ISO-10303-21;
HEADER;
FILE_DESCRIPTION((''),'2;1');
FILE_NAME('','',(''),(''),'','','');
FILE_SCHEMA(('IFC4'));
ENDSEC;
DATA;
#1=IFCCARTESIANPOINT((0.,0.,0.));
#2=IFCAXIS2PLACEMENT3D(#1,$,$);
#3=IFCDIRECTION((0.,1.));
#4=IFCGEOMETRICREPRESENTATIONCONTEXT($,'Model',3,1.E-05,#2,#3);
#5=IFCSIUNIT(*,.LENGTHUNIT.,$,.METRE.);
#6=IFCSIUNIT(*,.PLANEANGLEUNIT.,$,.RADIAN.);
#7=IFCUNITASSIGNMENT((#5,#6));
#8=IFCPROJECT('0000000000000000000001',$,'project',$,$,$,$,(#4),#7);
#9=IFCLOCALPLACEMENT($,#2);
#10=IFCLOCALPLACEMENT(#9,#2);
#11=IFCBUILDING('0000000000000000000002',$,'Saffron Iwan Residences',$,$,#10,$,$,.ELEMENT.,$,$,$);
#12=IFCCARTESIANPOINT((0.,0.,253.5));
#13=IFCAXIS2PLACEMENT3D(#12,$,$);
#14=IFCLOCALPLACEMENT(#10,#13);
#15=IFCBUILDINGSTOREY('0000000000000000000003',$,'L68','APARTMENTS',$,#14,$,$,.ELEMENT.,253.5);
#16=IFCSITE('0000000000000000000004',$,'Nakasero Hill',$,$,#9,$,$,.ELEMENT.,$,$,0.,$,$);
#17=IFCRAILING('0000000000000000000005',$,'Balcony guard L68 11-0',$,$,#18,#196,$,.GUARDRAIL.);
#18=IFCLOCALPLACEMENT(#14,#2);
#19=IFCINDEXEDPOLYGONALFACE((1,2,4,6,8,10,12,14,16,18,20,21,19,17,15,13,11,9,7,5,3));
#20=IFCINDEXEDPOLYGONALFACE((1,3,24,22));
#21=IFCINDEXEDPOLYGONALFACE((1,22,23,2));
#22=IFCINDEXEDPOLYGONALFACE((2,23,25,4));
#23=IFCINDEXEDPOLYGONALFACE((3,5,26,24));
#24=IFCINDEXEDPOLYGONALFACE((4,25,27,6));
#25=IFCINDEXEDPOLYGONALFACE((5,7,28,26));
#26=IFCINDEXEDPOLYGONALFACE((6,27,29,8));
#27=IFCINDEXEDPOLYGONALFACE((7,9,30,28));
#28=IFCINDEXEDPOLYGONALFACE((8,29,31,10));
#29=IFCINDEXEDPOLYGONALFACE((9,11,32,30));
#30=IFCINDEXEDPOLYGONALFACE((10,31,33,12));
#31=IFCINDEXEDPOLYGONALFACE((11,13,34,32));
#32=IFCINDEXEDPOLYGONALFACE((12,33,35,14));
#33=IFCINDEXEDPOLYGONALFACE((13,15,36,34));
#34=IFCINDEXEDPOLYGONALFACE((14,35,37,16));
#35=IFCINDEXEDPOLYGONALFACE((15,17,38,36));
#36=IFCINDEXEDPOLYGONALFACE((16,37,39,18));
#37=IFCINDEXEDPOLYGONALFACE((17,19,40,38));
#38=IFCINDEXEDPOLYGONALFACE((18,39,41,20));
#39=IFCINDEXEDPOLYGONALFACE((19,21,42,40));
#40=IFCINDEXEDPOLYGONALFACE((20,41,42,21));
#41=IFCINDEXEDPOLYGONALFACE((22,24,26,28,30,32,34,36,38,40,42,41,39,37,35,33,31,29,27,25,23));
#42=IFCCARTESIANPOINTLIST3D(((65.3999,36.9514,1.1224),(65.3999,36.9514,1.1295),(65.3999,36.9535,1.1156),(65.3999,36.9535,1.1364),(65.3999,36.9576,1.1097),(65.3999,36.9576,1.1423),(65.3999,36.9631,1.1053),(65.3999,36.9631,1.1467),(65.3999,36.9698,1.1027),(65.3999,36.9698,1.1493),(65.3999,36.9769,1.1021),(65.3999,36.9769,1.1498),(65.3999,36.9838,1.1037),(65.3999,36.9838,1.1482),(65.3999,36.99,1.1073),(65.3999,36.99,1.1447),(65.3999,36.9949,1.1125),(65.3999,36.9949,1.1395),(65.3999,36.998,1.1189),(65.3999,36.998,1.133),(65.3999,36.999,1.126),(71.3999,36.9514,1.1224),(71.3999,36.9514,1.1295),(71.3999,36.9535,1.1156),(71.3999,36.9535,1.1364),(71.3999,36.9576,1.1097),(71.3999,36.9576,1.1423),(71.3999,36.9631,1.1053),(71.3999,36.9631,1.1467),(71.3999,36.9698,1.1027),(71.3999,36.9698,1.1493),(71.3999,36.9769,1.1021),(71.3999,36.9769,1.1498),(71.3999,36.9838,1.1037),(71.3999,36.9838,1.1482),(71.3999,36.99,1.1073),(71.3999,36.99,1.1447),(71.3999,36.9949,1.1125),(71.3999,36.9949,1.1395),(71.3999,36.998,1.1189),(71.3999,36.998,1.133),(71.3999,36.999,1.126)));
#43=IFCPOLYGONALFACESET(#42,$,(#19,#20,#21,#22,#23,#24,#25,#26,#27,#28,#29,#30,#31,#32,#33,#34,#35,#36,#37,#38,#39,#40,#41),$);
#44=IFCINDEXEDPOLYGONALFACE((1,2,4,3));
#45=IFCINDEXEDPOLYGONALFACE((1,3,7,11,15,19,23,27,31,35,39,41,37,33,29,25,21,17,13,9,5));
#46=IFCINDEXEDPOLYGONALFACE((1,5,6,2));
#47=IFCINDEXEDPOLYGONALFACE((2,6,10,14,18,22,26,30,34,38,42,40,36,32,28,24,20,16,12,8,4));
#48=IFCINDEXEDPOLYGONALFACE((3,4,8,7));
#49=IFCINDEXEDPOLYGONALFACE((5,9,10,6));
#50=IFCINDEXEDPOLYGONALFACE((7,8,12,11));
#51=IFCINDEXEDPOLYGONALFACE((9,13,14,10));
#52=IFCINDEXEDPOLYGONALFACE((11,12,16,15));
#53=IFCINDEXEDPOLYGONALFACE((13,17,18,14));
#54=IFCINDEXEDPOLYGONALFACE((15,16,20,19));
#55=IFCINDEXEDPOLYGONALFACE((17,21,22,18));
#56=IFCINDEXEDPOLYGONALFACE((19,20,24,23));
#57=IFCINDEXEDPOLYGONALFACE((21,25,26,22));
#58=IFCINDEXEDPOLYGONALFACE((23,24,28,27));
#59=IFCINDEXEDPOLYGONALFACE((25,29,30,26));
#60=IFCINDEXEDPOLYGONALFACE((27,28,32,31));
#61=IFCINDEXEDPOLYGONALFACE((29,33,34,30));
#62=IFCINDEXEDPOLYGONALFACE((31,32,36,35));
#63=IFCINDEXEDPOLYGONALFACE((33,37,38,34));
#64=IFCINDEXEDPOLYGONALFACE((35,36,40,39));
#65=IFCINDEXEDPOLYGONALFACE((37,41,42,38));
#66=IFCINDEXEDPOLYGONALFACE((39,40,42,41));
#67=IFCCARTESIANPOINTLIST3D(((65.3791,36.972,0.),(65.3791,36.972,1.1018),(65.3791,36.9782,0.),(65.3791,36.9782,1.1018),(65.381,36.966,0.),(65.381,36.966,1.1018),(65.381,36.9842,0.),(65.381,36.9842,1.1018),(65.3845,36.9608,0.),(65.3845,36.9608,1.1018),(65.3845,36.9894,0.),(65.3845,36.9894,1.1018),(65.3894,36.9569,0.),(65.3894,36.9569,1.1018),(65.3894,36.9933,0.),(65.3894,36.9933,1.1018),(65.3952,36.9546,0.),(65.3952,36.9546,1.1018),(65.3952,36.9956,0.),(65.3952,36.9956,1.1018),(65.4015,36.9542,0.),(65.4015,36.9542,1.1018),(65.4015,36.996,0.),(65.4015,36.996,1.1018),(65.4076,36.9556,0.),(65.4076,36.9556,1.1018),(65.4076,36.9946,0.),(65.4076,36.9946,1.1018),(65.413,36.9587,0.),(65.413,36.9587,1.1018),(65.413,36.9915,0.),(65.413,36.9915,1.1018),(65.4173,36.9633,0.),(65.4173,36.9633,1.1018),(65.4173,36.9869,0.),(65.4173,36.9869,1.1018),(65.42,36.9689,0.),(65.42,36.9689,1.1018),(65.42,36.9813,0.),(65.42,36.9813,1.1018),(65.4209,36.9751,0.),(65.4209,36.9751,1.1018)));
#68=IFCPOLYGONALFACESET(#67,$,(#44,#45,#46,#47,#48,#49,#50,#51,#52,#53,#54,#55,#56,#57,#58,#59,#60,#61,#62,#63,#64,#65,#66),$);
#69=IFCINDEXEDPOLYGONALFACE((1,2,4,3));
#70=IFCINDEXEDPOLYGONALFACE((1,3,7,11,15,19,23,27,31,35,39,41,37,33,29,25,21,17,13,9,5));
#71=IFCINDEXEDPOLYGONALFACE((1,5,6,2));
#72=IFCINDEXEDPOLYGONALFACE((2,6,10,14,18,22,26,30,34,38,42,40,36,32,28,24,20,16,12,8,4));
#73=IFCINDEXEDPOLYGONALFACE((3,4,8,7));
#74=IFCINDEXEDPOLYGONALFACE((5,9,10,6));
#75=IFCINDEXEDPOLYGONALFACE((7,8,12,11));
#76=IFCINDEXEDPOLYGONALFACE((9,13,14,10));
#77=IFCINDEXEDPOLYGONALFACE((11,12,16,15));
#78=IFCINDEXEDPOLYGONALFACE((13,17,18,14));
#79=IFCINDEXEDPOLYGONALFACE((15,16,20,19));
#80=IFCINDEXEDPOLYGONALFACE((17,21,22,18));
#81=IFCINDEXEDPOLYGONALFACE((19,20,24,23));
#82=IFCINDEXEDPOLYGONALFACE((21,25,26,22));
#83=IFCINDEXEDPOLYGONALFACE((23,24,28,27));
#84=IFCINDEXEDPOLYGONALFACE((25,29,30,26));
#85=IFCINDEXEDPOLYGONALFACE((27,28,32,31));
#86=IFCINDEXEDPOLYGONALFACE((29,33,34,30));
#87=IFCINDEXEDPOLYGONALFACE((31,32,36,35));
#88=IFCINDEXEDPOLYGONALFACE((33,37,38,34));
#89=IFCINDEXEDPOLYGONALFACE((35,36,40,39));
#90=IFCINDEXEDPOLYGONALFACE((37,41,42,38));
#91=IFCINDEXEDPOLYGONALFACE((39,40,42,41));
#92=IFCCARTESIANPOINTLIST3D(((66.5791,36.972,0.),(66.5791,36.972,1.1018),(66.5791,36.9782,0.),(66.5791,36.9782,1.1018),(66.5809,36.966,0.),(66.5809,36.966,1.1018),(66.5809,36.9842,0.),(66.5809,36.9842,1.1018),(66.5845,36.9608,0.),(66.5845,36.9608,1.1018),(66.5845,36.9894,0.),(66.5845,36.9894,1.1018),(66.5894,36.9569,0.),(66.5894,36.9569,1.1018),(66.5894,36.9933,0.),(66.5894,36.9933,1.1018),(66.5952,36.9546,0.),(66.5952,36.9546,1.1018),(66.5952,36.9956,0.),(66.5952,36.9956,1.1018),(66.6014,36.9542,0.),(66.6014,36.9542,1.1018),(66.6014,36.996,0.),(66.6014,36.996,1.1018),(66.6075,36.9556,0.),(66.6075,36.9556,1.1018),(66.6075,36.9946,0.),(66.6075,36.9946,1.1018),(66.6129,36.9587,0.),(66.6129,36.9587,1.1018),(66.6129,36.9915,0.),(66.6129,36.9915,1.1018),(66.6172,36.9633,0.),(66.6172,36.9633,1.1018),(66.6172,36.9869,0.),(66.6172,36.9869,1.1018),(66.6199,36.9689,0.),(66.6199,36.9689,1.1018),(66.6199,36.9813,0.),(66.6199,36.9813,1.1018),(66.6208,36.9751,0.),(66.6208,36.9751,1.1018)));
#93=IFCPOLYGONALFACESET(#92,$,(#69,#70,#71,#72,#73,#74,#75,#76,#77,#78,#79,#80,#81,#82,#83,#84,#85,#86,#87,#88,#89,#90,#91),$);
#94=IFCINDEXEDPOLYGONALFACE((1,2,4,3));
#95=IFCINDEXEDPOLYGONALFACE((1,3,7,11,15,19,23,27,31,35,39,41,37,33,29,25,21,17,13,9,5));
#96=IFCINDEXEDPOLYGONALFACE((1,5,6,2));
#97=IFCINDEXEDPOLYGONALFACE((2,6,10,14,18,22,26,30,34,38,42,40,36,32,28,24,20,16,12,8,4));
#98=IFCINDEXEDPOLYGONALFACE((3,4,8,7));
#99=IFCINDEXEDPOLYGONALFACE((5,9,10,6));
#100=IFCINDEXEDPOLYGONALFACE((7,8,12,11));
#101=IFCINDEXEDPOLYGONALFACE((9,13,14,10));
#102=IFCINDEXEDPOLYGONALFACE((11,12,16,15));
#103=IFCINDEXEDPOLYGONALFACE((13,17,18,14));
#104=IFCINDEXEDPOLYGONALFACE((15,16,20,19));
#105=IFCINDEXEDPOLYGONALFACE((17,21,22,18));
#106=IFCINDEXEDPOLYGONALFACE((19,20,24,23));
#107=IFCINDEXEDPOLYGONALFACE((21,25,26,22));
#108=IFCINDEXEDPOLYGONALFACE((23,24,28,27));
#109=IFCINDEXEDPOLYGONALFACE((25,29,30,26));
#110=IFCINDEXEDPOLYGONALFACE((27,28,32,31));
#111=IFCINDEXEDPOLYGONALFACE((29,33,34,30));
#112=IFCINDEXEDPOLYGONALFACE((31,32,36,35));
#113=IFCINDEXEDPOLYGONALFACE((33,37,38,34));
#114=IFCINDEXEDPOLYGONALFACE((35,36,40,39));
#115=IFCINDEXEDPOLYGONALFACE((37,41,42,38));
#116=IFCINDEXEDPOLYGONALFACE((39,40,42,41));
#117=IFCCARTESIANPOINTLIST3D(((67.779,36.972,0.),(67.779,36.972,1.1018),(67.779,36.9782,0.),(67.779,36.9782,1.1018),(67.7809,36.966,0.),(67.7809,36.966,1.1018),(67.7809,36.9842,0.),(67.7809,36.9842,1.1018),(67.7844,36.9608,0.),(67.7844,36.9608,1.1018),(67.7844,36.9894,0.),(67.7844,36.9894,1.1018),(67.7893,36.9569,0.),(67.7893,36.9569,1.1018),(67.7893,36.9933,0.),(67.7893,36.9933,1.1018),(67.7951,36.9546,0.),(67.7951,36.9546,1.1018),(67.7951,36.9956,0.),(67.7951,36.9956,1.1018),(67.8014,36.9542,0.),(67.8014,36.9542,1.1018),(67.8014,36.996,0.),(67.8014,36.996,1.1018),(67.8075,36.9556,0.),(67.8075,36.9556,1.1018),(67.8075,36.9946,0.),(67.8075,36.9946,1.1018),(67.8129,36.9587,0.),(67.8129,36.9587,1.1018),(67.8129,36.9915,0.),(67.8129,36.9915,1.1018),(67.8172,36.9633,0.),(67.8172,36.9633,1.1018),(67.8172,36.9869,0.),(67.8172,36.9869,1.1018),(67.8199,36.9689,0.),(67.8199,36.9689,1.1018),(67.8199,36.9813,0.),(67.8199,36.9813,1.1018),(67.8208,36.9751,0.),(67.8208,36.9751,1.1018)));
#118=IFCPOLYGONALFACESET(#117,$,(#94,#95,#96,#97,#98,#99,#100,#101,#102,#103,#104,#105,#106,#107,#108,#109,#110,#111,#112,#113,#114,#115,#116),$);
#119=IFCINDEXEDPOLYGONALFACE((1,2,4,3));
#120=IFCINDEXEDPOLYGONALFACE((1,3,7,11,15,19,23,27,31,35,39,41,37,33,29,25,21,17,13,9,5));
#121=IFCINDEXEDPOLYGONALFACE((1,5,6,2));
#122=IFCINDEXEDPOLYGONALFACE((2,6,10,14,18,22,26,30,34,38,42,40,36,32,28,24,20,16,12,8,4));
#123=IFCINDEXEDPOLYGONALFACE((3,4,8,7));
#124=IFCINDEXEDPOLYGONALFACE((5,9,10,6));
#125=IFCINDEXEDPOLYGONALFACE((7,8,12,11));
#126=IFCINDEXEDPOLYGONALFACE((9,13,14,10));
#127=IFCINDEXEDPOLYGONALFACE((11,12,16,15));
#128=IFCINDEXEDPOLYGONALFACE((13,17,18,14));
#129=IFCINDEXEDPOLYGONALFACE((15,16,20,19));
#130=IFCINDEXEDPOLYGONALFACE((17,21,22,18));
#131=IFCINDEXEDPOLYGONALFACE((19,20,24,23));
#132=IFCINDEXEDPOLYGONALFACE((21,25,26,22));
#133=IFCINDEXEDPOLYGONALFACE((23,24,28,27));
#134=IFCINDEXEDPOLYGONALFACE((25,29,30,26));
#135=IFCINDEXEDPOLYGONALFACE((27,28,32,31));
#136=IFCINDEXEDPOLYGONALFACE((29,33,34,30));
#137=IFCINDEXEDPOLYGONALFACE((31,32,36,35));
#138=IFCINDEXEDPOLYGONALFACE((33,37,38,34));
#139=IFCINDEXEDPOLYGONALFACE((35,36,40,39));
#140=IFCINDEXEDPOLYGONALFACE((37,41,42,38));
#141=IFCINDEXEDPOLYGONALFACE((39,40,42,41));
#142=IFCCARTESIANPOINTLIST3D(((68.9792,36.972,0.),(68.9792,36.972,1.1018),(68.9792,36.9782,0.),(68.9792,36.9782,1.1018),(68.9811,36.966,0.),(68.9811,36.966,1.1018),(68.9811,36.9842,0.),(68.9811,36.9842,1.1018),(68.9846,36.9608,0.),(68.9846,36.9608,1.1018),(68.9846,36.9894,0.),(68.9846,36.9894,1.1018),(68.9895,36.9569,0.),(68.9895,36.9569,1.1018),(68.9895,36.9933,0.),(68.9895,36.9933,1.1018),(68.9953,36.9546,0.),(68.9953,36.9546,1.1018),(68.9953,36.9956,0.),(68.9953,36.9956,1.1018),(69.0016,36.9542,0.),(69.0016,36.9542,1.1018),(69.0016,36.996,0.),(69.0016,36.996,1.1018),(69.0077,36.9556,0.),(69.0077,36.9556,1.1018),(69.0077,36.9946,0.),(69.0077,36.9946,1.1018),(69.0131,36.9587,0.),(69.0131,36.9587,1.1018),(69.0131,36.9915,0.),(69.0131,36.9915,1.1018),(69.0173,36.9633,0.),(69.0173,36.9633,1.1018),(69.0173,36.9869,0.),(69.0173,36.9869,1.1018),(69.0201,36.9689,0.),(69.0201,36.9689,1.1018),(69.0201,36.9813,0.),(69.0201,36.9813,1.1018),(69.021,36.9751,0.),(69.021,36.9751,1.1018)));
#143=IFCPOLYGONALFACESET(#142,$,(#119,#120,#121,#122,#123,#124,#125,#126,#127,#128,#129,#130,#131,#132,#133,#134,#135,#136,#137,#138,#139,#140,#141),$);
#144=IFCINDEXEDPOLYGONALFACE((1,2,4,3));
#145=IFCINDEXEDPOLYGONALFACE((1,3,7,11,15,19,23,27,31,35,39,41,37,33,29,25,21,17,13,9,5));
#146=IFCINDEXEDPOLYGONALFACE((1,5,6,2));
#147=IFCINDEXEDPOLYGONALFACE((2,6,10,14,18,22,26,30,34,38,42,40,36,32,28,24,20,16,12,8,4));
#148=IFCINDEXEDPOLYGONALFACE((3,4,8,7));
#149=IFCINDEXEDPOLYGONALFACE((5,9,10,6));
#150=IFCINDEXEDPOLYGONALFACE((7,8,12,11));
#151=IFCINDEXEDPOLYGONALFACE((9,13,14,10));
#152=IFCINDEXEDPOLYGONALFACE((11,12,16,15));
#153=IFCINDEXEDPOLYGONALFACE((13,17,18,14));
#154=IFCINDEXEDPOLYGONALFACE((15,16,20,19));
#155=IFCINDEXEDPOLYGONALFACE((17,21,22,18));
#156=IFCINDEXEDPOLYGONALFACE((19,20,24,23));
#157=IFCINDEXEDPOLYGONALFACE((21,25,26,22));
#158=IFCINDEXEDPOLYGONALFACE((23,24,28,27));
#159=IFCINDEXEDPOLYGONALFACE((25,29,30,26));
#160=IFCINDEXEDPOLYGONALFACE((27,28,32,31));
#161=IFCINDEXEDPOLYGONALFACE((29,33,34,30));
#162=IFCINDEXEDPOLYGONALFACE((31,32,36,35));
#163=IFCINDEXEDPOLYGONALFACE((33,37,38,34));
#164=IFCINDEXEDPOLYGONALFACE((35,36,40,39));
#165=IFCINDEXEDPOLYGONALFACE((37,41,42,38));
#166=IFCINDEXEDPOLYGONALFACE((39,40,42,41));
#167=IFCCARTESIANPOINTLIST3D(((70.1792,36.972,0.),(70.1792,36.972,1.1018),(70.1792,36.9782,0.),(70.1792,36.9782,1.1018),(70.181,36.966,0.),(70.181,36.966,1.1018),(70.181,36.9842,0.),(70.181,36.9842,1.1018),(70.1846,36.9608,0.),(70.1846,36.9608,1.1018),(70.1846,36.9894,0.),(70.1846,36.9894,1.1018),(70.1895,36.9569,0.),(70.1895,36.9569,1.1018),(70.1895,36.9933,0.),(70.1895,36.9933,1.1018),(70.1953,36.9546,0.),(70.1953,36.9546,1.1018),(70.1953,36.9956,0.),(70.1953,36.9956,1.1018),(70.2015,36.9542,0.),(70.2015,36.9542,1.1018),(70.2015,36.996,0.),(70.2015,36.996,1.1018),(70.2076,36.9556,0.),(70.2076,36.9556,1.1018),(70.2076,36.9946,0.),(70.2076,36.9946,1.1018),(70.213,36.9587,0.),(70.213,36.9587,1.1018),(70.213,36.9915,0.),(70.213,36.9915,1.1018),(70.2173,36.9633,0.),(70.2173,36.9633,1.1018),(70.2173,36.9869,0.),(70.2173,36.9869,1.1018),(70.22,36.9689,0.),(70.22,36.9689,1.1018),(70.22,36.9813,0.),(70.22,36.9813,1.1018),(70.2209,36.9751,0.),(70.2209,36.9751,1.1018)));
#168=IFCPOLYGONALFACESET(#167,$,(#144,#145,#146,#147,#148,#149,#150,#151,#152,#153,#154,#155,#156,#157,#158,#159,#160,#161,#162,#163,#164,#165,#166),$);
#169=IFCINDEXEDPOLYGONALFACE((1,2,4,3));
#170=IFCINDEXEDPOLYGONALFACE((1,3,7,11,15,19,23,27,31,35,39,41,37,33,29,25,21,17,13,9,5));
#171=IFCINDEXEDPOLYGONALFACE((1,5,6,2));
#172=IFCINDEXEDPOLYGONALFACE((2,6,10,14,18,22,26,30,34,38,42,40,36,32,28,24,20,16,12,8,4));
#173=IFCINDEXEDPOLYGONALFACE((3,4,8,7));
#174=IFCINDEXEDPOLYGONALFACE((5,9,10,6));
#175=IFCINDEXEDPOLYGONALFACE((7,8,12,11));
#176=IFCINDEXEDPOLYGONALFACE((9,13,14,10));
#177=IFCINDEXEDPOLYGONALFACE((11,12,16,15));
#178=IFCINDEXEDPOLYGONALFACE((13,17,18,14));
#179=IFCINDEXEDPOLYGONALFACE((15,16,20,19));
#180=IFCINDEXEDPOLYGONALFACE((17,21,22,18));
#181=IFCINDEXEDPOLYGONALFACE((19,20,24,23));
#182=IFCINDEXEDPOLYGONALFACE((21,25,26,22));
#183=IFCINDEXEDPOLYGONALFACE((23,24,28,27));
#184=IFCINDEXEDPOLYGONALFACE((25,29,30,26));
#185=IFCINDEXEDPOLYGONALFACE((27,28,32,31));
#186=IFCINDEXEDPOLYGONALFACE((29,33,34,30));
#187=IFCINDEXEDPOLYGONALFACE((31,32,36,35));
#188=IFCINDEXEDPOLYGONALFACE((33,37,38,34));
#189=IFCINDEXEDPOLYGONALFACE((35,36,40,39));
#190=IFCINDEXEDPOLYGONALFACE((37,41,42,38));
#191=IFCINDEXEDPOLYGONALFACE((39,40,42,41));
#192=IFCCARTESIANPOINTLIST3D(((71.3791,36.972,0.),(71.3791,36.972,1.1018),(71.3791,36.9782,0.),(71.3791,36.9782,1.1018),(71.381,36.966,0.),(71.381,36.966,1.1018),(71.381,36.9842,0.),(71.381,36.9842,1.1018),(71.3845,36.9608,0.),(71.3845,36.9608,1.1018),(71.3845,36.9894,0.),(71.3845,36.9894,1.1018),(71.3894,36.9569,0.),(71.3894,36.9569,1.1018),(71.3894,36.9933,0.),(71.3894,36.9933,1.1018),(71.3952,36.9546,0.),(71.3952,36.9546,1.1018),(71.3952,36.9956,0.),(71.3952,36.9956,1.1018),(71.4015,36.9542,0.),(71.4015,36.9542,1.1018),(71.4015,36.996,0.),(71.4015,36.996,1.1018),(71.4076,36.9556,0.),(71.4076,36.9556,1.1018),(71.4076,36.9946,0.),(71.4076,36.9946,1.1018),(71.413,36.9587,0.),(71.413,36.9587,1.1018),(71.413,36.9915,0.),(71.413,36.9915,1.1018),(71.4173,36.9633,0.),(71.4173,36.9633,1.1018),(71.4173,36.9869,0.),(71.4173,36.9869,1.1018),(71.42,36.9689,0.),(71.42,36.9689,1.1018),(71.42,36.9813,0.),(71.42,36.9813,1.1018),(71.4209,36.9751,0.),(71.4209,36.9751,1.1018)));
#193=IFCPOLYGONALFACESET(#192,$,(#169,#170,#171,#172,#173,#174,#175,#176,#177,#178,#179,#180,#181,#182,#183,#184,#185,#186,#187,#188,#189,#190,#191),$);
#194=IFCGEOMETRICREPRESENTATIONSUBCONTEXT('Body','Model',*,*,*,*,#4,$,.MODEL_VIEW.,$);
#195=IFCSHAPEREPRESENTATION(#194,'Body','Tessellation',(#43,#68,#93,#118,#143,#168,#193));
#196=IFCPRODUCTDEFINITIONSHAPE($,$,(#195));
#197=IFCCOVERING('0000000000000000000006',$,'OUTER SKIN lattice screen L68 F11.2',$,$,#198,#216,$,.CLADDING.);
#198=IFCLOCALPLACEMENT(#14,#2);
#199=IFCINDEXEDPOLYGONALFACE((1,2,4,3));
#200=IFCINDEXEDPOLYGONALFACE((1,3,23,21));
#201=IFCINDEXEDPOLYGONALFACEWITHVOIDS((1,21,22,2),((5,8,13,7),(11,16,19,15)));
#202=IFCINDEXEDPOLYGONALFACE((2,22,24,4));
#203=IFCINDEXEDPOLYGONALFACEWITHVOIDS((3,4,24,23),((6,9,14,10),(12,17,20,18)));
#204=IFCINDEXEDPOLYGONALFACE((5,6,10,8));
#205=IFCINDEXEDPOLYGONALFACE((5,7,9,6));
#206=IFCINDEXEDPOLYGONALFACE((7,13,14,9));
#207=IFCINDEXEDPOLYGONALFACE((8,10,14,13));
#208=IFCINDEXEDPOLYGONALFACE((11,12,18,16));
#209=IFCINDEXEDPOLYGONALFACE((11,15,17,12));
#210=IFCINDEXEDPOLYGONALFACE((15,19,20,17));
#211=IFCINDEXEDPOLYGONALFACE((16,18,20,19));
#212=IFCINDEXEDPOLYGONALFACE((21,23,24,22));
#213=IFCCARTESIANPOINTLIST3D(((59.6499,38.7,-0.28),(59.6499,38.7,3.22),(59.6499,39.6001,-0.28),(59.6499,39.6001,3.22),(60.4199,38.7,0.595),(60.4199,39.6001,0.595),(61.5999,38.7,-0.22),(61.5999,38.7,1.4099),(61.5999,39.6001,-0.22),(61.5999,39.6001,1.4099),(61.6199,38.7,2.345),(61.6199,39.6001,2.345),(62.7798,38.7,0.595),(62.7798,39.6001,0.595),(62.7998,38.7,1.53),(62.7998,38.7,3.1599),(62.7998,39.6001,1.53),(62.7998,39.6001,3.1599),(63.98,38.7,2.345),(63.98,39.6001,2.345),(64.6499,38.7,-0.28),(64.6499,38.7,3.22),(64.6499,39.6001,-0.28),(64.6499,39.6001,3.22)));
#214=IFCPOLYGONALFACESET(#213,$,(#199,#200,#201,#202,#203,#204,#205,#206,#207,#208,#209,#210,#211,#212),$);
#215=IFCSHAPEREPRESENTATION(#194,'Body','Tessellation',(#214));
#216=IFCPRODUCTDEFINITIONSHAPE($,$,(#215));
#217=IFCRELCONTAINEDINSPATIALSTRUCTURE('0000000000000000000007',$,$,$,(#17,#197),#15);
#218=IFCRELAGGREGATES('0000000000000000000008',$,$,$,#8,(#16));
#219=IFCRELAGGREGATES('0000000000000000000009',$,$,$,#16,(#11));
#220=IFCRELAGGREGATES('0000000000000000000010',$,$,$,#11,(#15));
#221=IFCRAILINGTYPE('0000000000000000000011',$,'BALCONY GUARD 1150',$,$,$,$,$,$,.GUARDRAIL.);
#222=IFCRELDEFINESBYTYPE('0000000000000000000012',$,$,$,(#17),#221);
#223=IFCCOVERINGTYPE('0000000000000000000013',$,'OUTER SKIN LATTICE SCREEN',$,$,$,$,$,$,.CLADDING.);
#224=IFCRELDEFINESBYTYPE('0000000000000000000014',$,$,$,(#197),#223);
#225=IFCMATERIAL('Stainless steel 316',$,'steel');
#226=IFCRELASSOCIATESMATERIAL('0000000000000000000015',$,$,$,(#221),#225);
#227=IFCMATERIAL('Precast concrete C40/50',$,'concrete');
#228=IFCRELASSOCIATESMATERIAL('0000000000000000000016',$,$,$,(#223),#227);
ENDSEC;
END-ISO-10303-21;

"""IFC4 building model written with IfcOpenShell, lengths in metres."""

from ifc_helpers import new_model, si_unit, direction, frame, origin, origin_2d, place, context, subcontext, project, spatial, polyline, circle, outline, extrude, material, type_object, element, save


model = new_model("IFC4")

# Units and contexts
model_context = context("Model", 3, precision=1e-05, world=origin(), true_north=direction((0.0, 1.0)))
body_context = subcontext(model_context, "Body", "Model", "MODEL_VIEW")
ifc_project = project(units=[si_unit("LENGTHUNIT", "METRE"), si_unit("PLANEANGLEUNIT", "RADIAN")], contexts=[model_context])

# Site, building, storey
site_placement = place(None, origin())
site = spatial("IfcSite", under=ifc_project, at=site_placement, Name="Nakasero Hill", CompositionType="ELEMENT", RefElevation=0.0)
building_placement = place(site_placement, origin())
building = spatial("IfcBuilding", under=site, at=building_placement, Name="Saffron Iwan Residences", CompositionType="ELEMENT")
storey_placement = place(building_placement, frame((0.0, 0.0, 253.5)))
storey = spatial("IfcBuildingStorey", under=building, at=storey_placement, Name="L68", Description="APARTMENTS", CompositionType="ELEMENT", Elevation=253.5)

# Railing
ifc_material_1 = material(Name="Stainless steel 316", Category="steel")
railing_type = type_object("IfcRailingType", Name="BALCONY GUARD 1150", PredefinedType="GUARDRAIL", material=ifc_material_1)
railing_placement = place(storey_placement, frame((65.3999, 36.9751, 0.0)))
element("IfcRailing", 1, at=railing_placement, inside=storey, type_object=railing_type, Name="Balcony guard L68 11-0", PredefinedType="GUARDRAIL", context=body_context, shape_type="SweptSolid", body=[
    extrude(circle(Radius=0.0239, at=origin_2d()), frame((0.0, 0.0, 1.126), z_axis=(1.0, 0.0, 0.0), x_axis=(0.0, 1.0, 0.0)), (0.0, 0.0, 1.0), 6.0),
    extrude(circle(Radius=0.021, at=origin_2d()), origin(), (0.0, 0.0, 1.0), 1.1018),
    extrude(circle(Radius=0.021, at=origin_2d()), frame((1.2, 0.0, 0.0)), (0.0, 0.0, 1.0), 1.1018),
    extrude(circle(Radius=0.021, at=origin_2d()), frame((2.3999, 0.0, 0.0)), (0.0, 0.0, 1.0), 1.1018),
    extrude(circle(Radius=0.021, at=origin_2d()), frame((3.6001, 0.0, 0.0)), (0.0, 0.0, 1.0), 1.1018),
    extrude(circle(Radius=0.021, at=origin_2d()), frame((4.8, 0.0, 0.0)), (0.0, 0.0, 1.0), 1.1018),
    extrude(circle(Radius=0.021, at=origin_2d()), frame((6.0, 0.0, 0.0)), (0.0, 0.0, 1.0), 1.1018),
])

# Covering
ifc_material_2 = material(Name="Precast concrete C40/50", Category="concrete")
covering_type = type_object("IfcCoveringType", Name="OUTER SKIN LATTICE SCREEN", PredefinedType="CLADDING", material=ifc_material_2)
covering_placement = place(storey_placement, frame((59.6499, 39.6001, -0.28), z_axis=(0.0, -1.0, 0.0), x_axis=(1.0, 0.0, 0.0)))
element("IfcCovering", 2, at=covering_placement, inside=storey, type_object=covering_type, Name="OUTER SKIN lattice screen L68 F11.2", PredefinedType="CLADDING", context=body_context, shape_type="SweptSolid", body=[
    extrude(outline(polyline([(0.0, 0.0), (5.0, 0.0), (5.0, 3.5), (0.0, 3.5), (0.0, 0.0)]), holes=[polyline([(0.77, 0.875), (1.95, 0.0601), (3.1299, 0.875), (1.95, 1.6899), (0.77, 0.875)]), polyline([(1.97, 2.625), (3.1499, 1.8101), (4.3301, 2.625), (3.1499, 3.4399), (1.97, 2.625)])]), origin(), (0.0, 0.0, 1.0), 0.9001),
])

save(model, "model.ifc")
